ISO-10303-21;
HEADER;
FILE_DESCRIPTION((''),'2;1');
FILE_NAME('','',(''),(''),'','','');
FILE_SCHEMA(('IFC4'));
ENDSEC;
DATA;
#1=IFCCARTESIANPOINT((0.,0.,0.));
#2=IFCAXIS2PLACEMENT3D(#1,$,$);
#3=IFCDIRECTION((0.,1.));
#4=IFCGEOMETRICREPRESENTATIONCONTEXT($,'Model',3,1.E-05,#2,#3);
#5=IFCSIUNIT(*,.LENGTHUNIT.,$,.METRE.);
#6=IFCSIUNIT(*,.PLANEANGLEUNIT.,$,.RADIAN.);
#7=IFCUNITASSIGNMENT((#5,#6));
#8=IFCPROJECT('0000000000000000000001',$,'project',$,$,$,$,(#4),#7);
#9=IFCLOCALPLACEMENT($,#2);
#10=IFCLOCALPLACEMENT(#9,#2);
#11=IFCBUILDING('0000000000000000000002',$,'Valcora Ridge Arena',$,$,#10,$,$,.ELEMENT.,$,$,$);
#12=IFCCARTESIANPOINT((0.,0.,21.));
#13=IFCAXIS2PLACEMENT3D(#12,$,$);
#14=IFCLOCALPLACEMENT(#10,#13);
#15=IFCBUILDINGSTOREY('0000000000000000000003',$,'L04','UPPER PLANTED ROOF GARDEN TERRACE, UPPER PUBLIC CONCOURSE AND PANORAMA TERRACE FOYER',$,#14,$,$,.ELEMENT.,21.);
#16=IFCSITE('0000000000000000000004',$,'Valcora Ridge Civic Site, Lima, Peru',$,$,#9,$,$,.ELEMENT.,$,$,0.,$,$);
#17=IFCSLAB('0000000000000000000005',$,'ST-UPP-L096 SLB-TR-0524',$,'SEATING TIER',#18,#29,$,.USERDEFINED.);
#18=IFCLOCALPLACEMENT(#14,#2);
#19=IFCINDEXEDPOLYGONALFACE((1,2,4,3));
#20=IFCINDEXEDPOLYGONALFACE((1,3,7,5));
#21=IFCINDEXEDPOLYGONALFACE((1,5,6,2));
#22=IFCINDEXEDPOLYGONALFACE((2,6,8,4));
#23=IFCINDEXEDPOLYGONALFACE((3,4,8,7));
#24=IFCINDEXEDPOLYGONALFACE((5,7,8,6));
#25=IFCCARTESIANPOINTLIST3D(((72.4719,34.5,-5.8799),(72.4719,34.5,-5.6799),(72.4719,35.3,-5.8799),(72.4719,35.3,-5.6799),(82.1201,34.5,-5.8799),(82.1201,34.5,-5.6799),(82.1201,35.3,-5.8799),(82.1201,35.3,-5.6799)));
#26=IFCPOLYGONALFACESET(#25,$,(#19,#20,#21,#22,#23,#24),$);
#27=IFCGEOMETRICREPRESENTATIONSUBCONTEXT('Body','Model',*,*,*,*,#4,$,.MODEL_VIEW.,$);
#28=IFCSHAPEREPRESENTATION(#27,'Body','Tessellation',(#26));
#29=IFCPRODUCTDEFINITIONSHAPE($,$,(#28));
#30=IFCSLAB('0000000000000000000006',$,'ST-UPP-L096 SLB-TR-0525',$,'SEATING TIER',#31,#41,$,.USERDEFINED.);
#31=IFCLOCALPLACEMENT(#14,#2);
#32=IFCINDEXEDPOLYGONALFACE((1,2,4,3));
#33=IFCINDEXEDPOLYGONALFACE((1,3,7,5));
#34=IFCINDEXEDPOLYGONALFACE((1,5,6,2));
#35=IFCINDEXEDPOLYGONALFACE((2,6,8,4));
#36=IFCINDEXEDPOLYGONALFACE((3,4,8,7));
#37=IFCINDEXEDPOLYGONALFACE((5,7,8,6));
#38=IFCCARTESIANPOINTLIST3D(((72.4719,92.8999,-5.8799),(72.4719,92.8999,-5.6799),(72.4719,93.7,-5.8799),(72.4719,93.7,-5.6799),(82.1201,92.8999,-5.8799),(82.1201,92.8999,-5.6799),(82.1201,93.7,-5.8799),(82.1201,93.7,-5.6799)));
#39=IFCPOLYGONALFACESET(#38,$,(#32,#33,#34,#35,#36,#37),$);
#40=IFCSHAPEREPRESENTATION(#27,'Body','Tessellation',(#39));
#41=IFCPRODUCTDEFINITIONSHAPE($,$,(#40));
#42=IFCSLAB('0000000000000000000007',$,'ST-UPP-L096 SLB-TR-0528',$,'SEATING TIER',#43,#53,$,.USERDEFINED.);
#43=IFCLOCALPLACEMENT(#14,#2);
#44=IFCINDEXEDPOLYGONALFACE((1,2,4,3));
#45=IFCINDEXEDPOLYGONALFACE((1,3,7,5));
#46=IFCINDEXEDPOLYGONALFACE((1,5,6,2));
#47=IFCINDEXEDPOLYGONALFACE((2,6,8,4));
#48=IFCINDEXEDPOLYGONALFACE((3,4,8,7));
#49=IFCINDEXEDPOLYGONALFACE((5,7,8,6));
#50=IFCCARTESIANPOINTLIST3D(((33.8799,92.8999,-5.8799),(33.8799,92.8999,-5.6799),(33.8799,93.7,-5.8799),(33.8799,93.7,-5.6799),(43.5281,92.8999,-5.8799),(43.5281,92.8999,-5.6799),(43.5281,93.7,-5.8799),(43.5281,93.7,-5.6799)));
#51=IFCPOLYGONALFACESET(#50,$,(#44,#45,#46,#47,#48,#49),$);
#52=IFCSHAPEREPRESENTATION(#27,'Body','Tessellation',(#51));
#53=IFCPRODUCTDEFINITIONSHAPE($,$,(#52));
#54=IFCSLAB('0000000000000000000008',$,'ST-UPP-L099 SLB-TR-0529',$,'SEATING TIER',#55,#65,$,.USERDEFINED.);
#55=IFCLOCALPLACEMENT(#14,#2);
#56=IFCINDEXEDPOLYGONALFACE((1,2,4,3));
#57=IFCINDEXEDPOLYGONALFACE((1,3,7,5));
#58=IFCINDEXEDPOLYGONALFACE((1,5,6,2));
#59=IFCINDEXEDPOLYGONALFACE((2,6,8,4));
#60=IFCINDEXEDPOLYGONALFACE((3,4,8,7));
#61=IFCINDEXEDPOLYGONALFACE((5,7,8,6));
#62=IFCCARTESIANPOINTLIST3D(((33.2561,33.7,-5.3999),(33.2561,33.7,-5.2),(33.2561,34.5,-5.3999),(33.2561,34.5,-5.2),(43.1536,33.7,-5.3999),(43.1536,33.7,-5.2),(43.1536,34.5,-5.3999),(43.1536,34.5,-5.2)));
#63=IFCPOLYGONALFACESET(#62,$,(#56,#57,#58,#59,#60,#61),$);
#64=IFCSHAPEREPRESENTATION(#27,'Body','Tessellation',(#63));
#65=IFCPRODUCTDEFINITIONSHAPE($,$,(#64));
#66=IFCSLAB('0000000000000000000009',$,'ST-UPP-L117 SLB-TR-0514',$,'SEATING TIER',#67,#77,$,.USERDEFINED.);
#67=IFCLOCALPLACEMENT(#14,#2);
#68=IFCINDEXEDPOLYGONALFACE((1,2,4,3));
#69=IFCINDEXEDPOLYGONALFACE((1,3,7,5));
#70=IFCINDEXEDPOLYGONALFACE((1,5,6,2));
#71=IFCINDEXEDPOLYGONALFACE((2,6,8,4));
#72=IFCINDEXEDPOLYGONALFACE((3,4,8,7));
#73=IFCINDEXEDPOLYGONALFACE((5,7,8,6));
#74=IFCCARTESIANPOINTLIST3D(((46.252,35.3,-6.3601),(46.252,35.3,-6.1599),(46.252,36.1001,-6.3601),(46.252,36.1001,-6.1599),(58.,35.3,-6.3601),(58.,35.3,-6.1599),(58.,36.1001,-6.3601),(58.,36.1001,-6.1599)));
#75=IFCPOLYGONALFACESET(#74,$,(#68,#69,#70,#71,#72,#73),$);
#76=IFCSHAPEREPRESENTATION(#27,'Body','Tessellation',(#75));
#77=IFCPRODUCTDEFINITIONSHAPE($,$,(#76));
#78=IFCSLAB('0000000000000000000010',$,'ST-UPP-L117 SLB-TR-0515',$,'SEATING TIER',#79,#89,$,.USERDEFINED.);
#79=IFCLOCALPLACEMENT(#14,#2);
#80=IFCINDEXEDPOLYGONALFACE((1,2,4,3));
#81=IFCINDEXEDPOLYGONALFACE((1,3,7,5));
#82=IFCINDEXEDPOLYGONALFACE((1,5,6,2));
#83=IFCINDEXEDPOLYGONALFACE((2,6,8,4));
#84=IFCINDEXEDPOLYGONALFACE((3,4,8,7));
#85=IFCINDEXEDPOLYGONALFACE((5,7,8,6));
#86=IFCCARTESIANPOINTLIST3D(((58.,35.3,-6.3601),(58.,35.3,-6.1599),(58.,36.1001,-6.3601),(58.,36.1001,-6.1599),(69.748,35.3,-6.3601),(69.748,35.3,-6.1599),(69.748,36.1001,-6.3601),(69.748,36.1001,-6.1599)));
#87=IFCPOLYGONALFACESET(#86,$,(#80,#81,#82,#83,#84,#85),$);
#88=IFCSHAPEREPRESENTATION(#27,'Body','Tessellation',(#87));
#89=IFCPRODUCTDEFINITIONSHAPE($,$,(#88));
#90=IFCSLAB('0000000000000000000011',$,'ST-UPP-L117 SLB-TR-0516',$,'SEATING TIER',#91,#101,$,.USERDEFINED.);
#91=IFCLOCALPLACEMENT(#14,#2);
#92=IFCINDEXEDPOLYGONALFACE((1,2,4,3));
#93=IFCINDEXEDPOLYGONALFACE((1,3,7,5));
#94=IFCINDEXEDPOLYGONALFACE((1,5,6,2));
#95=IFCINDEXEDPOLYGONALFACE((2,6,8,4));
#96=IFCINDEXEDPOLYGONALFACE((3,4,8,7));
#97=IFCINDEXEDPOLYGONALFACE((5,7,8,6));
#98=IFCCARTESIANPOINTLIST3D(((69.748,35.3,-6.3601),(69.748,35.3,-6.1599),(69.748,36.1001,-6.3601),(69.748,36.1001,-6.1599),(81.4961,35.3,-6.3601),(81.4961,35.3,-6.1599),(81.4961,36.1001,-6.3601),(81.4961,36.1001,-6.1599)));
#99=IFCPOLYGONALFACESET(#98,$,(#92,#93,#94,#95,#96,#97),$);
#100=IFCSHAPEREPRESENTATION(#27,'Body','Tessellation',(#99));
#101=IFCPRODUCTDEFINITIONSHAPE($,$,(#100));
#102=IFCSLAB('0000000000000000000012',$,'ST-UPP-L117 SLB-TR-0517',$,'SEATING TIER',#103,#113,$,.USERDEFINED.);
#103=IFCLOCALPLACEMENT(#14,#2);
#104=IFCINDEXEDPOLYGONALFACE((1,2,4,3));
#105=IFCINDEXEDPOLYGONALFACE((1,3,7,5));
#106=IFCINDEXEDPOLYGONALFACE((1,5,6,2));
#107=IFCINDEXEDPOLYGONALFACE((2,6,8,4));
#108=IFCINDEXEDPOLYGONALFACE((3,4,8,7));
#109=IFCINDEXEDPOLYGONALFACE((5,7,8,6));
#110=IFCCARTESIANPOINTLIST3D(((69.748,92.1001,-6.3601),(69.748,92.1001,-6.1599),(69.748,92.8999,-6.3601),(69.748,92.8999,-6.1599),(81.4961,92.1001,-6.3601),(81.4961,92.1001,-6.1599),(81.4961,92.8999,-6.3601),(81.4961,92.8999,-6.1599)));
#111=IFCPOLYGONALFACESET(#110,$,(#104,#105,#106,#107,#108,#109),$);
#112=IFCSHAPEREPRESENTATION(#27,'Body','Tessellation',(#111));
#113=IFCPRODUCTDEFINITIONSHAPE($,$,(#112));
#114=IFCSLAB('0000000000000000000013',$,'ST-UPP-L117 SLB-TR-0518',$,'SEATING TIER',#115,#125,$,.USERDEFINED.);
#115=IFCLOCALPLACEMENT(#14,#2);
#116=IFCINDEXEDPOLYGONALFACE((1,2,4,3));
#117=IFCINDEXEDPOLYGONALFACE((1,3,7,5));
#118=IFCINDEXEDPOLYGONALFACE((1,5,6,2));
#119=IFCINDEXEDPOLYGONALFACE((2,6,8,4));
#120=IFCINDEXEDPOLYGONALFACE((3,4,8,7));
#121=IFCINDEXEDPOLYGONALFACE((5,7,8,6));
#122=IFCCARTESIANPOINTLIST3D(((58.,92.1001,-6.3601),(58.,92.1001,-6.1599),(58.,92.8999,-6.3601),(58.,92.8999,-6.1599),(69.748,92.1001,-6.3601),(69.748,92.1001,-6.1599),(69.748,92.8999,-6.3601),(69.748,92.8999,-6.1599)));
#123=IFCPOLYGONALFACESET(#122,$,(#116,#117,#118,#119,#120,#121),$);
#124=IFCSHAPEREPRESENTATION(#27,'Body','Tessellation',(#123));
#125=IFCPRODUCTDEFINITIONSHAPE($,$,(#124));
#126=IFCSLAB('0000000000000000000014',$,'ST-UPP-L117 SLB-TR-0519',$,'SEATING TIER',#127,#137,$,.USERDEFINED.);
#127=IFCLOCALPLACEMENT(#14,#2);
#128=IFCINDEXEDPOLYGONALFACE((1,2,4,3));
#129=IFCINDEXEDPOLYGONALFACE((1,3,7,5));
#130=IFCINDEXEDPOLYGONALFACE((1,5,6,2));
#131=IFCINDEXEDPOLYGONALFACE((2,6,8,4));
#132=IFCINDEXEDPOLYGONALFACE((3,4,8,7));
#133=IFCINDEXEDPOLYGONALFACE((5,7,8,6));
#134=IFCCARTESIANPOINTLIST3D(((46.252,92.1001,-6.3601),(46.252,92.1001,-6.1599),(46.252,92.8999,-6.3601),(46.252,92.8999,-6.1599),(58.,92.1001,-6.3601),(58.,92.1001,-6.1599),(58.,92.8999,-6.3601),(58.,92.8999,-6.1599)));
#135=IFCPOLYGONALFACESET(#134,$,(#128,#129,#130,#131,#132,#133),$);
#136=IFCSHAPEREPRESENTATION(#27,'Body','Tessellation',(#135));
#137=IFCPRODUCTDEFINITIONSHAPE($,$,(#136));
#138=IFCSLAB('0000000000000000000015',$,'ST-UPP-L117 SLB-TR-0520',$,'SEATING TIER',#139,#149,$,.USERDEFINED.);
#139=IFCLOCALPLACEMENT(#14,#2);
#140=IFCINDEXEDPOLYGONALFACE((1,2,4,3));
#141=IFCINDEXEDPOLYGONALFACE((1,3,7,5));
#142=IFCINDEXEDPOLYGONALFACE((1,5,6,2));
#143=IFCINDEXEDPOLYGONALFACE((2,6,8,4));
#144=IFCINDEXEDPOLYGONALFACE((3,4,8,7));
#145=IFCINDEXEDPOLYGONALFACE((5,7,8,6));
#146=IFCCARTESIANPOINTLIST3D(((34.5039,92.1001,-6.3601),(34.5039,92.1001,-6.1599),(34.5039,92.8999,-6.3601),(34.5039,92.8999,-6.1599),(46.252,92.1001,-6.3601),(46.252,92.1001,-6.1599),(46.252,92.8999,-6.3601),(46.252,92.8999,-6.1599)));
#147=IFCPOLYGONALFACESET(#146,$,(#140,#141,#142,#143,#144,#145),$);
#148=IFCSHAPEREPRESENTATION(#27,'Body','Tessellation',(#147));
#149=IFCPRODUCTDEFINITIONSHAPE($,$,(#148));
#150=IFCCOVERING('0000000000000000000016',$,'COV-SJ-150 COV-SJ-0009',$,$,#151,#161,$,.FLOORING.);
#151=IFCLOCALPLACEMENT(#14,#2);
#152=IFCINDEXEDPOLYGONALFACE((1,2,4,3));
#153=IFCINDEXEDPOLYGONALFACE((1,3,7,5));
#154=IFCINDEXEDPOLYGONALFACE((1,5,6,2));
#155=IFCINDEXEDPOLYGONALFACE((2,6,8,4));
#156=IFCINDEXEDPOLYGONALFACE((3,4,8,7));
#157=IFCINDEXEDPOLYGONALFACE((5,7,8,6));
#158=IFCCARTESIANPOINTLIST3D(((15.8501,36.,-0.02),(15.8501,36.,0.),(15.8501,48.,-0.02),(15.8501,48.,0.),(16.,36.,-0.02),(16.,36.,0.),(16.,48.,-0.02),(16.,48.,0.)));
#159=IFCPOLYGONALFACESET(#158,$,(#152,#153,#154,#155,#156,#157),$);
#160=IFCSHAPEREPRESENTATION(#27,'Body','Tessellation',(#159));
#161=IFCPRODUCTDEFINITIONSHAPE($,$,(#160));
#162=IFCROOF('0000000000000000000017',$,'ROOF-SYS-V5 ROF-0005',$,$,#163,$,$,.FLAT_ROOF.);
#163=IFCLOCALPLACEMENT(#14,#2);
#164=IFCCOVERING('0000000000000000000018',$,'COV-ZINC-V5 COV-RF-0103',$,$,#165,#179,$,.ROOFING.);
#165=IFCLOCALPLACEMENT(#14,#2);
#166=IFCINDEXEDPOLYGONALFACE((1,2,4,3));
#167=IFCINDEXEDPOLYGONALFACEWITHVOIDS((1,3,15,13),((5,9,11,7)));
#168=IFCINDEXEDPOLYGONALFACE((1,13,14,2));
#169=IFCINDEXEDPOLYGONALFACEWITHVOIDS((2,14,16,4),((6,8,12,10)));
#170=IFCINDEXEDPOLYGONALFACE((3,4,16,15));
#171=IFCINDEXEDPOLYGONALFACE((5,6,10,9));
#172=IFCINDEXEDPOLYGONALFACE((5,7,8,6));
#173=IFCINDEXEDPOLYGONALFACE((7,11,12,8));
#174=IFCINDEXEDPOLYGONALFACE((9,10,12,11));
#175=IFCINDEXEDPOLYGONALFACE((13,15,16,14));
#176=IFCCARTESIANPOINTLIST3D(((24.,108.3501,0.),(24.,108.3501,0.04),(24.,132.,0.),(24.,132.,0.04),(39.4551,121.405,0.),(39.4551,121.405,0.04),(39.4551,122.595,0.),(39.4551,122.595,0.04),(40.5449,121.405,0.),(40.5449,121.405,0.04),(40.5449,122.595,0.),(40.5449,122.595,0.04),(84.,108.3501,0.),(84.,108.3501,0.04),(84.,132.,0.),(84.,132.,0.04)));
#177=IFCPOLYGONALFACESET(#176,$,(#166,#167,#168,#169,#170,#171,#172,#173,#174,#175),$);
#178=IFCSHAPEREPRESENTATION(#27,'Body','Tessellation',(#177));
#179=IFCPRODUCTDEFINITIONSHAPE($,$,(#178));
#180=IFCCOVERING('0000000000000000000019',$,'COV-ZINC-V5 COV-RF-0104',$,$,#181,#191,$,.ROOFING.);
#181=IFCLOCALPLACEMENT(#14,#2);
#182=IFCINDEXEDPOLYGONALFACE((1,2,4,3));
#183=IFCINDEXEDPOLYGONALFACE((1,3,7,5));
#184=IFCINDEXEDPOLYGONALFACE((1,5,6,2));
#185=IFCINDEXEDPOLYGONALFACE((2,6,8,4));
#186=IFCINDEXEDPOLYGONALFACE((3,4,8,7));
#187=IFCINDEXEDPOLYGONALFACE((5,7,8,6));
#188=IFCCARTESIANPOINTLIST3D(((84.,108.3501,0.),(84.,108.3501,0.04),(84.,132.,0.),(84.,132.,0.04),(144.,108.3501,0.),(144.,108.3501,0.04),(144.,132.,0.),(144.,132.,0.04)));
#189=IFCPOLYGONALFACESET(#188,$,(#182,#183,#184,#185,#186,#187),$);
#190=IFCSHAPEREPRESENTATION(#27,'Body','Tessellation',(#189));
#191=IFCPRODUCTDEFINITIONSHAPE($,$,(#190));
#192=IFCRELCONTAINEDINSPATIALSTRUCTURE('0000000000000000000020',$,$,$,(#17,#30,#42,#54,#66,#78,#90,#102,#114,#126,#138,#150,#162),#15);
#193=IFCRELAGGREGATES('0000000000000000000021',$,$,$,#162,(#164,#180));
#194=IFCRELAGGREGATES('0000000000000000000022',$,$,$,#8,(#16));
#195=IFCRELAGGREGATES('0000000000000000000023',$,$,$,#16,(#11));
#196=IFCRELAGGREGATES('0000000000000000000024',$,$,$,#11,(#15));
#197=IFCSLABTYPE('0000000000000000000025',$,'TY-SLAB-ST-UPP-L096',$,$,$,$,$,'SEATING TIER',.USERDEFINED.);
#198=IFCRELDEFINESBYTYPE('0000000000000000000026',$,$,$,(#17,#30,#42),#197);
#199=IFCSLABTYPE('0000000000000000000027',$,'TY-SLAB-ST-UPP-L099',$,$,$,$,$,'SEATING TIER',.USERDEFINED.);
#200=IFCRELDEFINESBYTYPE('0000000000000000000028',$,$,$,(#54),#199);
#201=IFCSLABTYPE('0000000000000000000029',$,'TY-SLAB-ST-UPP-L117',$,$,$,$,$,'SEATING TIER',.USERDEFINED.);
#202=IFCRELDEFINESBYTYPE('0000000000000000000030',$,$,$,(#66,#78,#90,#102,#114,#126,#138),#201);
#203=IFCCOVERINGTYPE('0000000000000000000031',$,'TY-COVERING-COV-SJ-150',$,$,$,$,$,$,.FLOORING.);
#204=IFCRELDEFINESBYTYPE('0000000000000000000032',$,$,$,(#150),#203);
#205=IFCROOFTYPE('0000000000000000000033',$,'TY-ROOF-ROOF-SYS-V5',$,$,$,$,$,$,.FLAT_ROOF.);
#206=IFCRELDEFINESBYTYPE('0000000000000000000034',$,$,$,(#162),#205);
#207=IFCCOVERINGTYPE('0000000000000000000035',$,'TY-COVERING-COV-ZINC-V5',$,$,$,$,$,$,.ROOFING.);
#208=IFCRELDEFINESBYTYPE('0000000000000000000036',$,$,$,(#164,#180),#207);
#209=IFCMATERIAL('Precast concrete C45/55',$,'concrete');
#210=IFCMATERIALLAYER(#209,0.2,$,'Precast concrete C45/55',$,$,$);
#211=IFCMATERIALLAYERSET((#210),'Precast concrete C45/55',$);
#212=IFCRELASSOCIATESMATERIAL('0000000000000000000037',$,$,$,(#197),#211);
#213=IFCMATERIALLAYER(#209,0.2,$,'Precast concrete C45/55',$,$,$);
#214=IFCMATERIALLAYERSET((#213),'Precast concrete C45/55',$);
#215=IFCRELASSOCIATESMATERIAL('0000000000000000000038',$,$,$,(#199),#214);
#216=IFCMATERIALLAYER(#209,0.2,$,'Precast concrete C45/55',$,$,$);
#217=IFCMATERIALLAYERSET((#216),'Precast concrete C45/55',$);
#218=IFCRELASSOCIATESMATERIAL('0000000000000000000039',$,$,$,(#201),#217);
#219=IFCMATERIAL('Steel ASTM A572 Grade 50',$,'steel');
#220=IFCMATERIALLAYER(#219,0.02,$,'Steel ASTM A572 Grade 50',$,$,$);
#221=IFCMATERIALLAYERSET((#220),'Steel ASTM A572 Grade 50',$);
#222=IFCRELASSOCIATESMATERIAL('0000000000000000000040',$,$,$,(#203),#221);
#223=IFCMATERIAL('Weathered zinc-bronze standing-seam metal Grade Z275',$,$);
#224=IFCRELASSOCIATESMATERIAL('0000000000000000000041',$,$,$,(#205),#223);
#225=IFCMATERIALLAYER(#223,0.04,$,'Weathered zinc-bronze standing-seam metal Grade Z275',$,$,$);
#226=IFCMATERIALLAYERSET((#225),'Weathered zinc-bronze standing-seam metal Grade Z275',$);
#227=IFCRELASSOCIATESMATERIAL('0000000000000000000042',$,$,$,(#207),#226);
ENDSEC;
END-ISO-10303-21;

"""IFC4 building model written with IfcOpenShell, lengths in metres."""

from ifc_helpers import new_model, si_unit, direction, frame, origin, place, context, subcontext, project, spatial, polyline, outline, extrude, material, layer, layer_set, type_object, element, aggregate, save


model = new_model("IFC4")

# Units and contexts
model_context = context("Model", 3, precision=1e-05, world=origin(), true_north=direction((0.0, 1.0)))
body_context = subcontext(model_context, "Body", "Model", "MODEL_VIEW")
ifc_project = project(units=[si_unit("LENGTHUNIT", "METRE"), si_unit("PLANEANGLEUNIT", "RADIAN")], contexts=[model_context])

# Site, building, storey
site_placement = place(None, origin())
site = spatial("IfcSite", under=ifc_project, at=site_placement, Name="Valcora Ridge Civic Site, Lima, Peru", CompositionType="ELEMENT", RefElevation=0.0)
building_placement = place(site_placement, origin())
building = spatial("IfcBuilding", under=site, at=building_placement, Name="Valcora Ridge Arena", CompositionType="ELEMENT")
storey_placement = place(building_placement, frame((0.0, 0.0, 21.0)))
storey = spatial("IfcBuildingStorey", under=building, at=storey_placement, Name="L04", Description="UPPER PLANTED ROOF GARDEN TERRACE, UPPER PUBLIC CONCOURSE AND PANORAMA TERRACE FOYER", CompositionType="ELEMENT", Elevation=21.0)

# Slabs
ifc_material_1 = material(Name="Precast concrete C45/55", Category="concrete")
ifc_layer_1 = layer(ifc_material_1, 0.2, Name="Precast concrete C45/55")
ifc_layer_set_1 = layer_set([ifc_layer_1], Name="Precast concrete C45/55")
slab_type_1 = type_object("IfcSlabType", Name="TY-SLAB-ST-UPP-L096", ElementType="SEATING TIER", PredefinedType="USERDEFINED", material=ifc_layer_set_1)
slab_1_placement = place(storey_placement, frame((0.0, 0.0, -5.8799)))
element("IfcSlab", 1, at=slab_1_placement, inside=storey, type_object=slab_type_1, Name="ST-UPP-L096 SLB-TR-0524", ObjectType="SEATING TIER", PredefinedType="USERDEFINED", context=body_context, shape_type="SweptSolid", body=[
    extrude(outline(polyline([(72.4719, 35.3), (82.1201, 35.3), (82.1201, 34.5), (72.4719, 34.5), (72.4719, 35.3)])), origin(), (0.0, 0.0, 1.0), 0.2),
])
slab_2_placement = place(storey_placement, frame((0.0, 0.0, -5.8799)))
element("IfcSlab", 2, at=slab_2_placement, inside=storey, type_object=slab_type_1, Name="ST-UPP-L096 SLB-TR-0525", ObjectType="SEATING TIER", PredefinedType="USERDEFINED", context=body_context, shape_type="SweptSolid", body=[
    extrude(outline(polyline([(82.1201, 92.8999), (72.4719, 92.8999), (72.4719, 93.7), (82.1201, 93.7), (82.1201, 92.8999)])), origin(), (0.0, 0.0, 1.0), 0.2),
])
slab_3_placement = place(storey_placement, frame((0.0, 0.0, -5.8799)))
element("IfcSlab", 3, at=slab_3_placement, inside=storey, type_object=slab_type_1, Name="ST-UPP-L096 SLB-TR-0528", ObjectType="SEATING TIER", PredefinedType="USERDEFINED", context=body_context, shape_type="SweptSolid", body=[
    extrude(outline(polyline([(43.5281, 92.8999), (33.8799, 92.8999), (33.8799, 93.7), (43.5281, 93.7), (43.5281, 92.8999)])), origin(), (0.0, 0.0, 1.0), 0.2),
])
ifc_layer_2 = layer(ifc_material_1, 0.2, Name="Precast concrete C45/55")
ifc_layer_set_2 = layer_set([ifc_layer_2], Name="Precast concrete C45/55")
slab_type_2 = type_object("IfcSlabType", Name="TY-SLAB-ST-UPP-L099", ElementType="SEATING TIER", PredefinedType="USERDEFINED", material=ifc_layer_set_2)
slab_4_placement = place(storey_placement, frame((0.0, 0.0, -5.3999)))
element("IfcSlab", 4, at=slab_4_placement, inside=storey, type_object=slab_type_2, Name="ST-UPP-L099 SLB-TR-0529", ObjectType="SEATING TIER", PredefinedType="USERDEFINED", context=body_context, shape_type="SweptSolid", body=[
    extrude(outline(polyline([(33.2561, 34.5), (43.1536, 34.5), (43.1536, 33.7), (33.2561, 33.7), (33.2561, 34.5)])), origin(), (0.0, 0.0, 1.0), 0.2),
])
ifc_layer_3 = layer(ifc_material_1, 0.2, Name="Precast concrete C45/55")
ifc_layer_set_3 = layer_set([ifc_layer_3], Name="Precast concrete C45/55")
slab_type_3 = type_object("IfcSlabType", Name="TY-SLAB-ST-UPP-L117", ElementType="SEATING TIER", PredefinedType="USERDEFINED", material=ifc_layer_set_3)
slab_5_placement = place(storey_placement, frame((0.0, 0.0, -6.3601)))
element("IfcSlab", 5, at=slab_5_placement, inside=storey, type_object=slab_type_3, Name="ST-UPP-L117 SLB-TR-0514", ObjectType="SEATING TIER", PredefinedType="USERDEFINED", context=body_context, shape_type="SweptSolid", body=[
    extrude(outline(polyline([(46.252, 36.1001), (58.0, 36.1001), (58.0, 35.3), (46.252, 35.3), (46.252, 36.1001)])), origin(), (0.0, 0.0, 1.0), 0.2002),
])
slab_6_placement = place(storey_placement, frame((0.0, 0.0, -6.3601)))
element("IfcSlab", 6, at=slab_6_placement, inside=storey, type_object=slab_type_3, Name="ST-UPP-L117 SLB-TR-0515", ObjectType="SEATING TIER", PredefinedType="USERDEFINED", context=body_context, shape_type="SweptSolid", body=[
    extrude(outline(polyline([(58.0, 36.1001), (69.748, 36.1001), (69.748, 35.3), (58.0, 35.3), (58.0, 36.1001)])), origin(), (0.0, 0.0, 1.0), 0.2002),
])
slab_7_placement = place(storey_placement, frame((0.0, 0.0, -6.3601)))
element("IfcSlab", 7, at=slab_7_placement, inside=storey, type_object=slab_type_3, Name="ST-UPP-L117 SLB-TR-0516", ObjectType="SEATING TIER", PredefinedType="USERDEFINED", context=body_context, shape_type="SweptSolid", body=[
    extrude(outline(polyline([(69.748, 36.1001), (81.4961, 36.1001), (81.4961, 35.3), (69.748, 35.3), (69.748, 36.1001)])), origin(), (0.0, 0.0, 1.0), 0.2002),
])
slab_8_placement = place(storey_placement, frame((0.0, 0.0, -6.3601)))
element("IfcSlab", 8, at=slab_8_placement, inside=storey, type_object=slab_type_3, Name="ST-UPP-L117 SLB-TR-0517", ObjectType="SEATING TIER", PredefinedType="USERDEFINED", context=body_context, shape_type="SweptSolid", body=[
    extrude(outline(polyline([(81.4961, 92.1001), (69.748, 92.1001), (69.748, 92.8999), (81.4961, 92.8999), (81.4961, 92.1001)])), origin(), (0.0, 0.0, 1.0), 0.2002),
])
slab_9_placement = place(storey_placement, frame((0.0, 0.0, -6.3601)))
element("IfcSlab", 9, at=slab_9_placement, inside=storey, type_object=slab_type_3, Name="ST-UPP-L117 SLB-TR-0518", ObjectType="SEATING TIER", PredefinedType="USERDEFINED", context=body_context, shape_type="SweptSolid", body=[
    extrude(outline(polyline([(69.748, 92.1001), (58.0, 92.1001), (58.0, 92.8999), (69.748, 92.8999), (69.748, 92.1001)])), origin(), (0.0, 0.0, 1.0), 0.2002),
])
slab_10_placement = place(storey_placement, frame((0.0, 0.0, -6.3601)))
element("IfcSlab", 10, at=slab_10_placement, inside=storey, type_object=slab_type_3, Name="ST-UPP-L117 SLB-TR-0519", ObjectType="SEATING TIER", PredefinedType="USERDEFINED", context=body_context, shape_type="SweptSolid", body=[
    extrude(outline(polyline([(58.0, 92.1001), (46.252, 92.1001), (46.252, 92.8999), (58.0, 92.8999), (58.0, 92.1001)])), origin(), (0.0, 0.0, 1.0), 0.2002),
])
slab_11_placement = place(storey_placement, frame((0.0, 0.0, -6.3601)))
element("IfcSlab", 11, at=slab_11_placement, inside=storey, type_object=slab_type_3, Name="ST-UPP-L117 SLB-TR-0520", ObjectType="SEATING TIER", PredefinedType="USERDEFINED", context=body_context, shape_type="SweptSolid", body=[
    extrude(outline(polyline([(46.252, 92.1001), (34.5039, 92.1001), (34.5039, 92.8999), (46.252, 92.8999), (46.252, 92.1001)])), origin(), (0.0, 0.0, 1.0), 0.2002),
])

# Covering
ifc_material_2 = material(Name="Steel ASTM A572 Grade 50", Category="steel")
ifc_layer_4 = layer(ifc_material_2, 0.02, Name="Steel ASTM A572 Grade 50")
ifc_layer_set_4 = layer_set([ifc_layer_4], Name="Steel ASTM A572 Grade 50")
covering_type_1 = type_object("IfcCoveringType", Name="TY-COVERING-COV-SJ-150", PredefinedType="FLOORING", material=ifc_layer_set_4)
covering_1_placement = place(storey_placement, frame((0.0, 0.0, -0.02)))
element("IfcCovering", 12, at=covering_1_placement, inside=storey, type_object=covering_type_1, Name="COV-SJ-150 COV-SJ-0009", PredefinedType="FLOORING", context=body_context, shape_type="SweptSolid", body=[
    extrude(outline(polyline([(15.8501, 36.0), (16.0, 36.0), (16.0, 48.0), (15.8501, 48.0), (15.8501, 36.0)])), origin(), (0.0, 0.0, 1.0), 0.02),
])

# Roof, coverings
ifc_material_3 = material(Name="Weathered zinc-bronze standing-seam metal Grade Z275")
roof_type = type_object("IfcRoofType", Name="TY-ROOF-ROOF-SYS-V5", PredefinedType="FLAT_ROOF", material=ifc_material_3)
roof_placement = place(storey_placement, origin())
roof = element("IfcRoof", 13, at=roof_placement, inside=storey, type_object=roof_type, Name="ROOF-SYS-V5 ROF-0005", PredefinedType="FLAT_ROOF")
ifc_layer_5 = layer(ifc_material_3, 0.04, Name="Weathered zinc-bronze standing-seam metal Grade Z275")
ifc_layer_set_5 = layer_set([ifc_layer_5], Name="Weathered zinc-bronze standing-seam metal Grade Z275")
covering_type_2 = type_object("IfcCoveringType", Name="TY-COVERING-COV-ZINC-V5", PredefinedType="ROOFING", material=ifc_layer_set_5)
covering_2_placement = place(storey_placement, origin())
covering_2 = element("IfcCovering", 14, at=covering_2_placement, type_object=covering_type_2, Name="COV-ZINC-V5 COV-RF-0103", PredefinedType="ROOFING", context=body_context, shape_type="SweptSolid", body=[
    extrude(outline(polyline([(24.0, 108.3501), (84.0, 108.3501), (84.0, 132.0), (24.0, 132.0), (24.0, 108.3501)]), holes=[polyline([(40.5449, 122.595), (39.4551, 122.595), (39.4551, 121.405), (40.5449, 121.405), (40.5449, 122.595)])]), origin(), (0.0, 0.0, 1.0), 0.04),
])
covering_3_placement = place(storey_placement, origin())
covering_3 = element("IfcCovering", 15, at=covering_3_placement, type_object=covering_type_2, Name="COV-ZINC-V5 COV-RF-0104", PredefinedType="ROOFING", context=body_context, shape_type="SweptSolid", body=[
    extrude(outline(polyline([(84.0, 108.3501), (144.0, 108.3501), (144.0, 132.0), (84.0, 132.0), (84.0, 108.3501)])), origin(), (0.0, 0.0, 1.0), 0.04),
])
aggregate(roof, [covering_2, covering_3])

save(model, "model.ifc")
